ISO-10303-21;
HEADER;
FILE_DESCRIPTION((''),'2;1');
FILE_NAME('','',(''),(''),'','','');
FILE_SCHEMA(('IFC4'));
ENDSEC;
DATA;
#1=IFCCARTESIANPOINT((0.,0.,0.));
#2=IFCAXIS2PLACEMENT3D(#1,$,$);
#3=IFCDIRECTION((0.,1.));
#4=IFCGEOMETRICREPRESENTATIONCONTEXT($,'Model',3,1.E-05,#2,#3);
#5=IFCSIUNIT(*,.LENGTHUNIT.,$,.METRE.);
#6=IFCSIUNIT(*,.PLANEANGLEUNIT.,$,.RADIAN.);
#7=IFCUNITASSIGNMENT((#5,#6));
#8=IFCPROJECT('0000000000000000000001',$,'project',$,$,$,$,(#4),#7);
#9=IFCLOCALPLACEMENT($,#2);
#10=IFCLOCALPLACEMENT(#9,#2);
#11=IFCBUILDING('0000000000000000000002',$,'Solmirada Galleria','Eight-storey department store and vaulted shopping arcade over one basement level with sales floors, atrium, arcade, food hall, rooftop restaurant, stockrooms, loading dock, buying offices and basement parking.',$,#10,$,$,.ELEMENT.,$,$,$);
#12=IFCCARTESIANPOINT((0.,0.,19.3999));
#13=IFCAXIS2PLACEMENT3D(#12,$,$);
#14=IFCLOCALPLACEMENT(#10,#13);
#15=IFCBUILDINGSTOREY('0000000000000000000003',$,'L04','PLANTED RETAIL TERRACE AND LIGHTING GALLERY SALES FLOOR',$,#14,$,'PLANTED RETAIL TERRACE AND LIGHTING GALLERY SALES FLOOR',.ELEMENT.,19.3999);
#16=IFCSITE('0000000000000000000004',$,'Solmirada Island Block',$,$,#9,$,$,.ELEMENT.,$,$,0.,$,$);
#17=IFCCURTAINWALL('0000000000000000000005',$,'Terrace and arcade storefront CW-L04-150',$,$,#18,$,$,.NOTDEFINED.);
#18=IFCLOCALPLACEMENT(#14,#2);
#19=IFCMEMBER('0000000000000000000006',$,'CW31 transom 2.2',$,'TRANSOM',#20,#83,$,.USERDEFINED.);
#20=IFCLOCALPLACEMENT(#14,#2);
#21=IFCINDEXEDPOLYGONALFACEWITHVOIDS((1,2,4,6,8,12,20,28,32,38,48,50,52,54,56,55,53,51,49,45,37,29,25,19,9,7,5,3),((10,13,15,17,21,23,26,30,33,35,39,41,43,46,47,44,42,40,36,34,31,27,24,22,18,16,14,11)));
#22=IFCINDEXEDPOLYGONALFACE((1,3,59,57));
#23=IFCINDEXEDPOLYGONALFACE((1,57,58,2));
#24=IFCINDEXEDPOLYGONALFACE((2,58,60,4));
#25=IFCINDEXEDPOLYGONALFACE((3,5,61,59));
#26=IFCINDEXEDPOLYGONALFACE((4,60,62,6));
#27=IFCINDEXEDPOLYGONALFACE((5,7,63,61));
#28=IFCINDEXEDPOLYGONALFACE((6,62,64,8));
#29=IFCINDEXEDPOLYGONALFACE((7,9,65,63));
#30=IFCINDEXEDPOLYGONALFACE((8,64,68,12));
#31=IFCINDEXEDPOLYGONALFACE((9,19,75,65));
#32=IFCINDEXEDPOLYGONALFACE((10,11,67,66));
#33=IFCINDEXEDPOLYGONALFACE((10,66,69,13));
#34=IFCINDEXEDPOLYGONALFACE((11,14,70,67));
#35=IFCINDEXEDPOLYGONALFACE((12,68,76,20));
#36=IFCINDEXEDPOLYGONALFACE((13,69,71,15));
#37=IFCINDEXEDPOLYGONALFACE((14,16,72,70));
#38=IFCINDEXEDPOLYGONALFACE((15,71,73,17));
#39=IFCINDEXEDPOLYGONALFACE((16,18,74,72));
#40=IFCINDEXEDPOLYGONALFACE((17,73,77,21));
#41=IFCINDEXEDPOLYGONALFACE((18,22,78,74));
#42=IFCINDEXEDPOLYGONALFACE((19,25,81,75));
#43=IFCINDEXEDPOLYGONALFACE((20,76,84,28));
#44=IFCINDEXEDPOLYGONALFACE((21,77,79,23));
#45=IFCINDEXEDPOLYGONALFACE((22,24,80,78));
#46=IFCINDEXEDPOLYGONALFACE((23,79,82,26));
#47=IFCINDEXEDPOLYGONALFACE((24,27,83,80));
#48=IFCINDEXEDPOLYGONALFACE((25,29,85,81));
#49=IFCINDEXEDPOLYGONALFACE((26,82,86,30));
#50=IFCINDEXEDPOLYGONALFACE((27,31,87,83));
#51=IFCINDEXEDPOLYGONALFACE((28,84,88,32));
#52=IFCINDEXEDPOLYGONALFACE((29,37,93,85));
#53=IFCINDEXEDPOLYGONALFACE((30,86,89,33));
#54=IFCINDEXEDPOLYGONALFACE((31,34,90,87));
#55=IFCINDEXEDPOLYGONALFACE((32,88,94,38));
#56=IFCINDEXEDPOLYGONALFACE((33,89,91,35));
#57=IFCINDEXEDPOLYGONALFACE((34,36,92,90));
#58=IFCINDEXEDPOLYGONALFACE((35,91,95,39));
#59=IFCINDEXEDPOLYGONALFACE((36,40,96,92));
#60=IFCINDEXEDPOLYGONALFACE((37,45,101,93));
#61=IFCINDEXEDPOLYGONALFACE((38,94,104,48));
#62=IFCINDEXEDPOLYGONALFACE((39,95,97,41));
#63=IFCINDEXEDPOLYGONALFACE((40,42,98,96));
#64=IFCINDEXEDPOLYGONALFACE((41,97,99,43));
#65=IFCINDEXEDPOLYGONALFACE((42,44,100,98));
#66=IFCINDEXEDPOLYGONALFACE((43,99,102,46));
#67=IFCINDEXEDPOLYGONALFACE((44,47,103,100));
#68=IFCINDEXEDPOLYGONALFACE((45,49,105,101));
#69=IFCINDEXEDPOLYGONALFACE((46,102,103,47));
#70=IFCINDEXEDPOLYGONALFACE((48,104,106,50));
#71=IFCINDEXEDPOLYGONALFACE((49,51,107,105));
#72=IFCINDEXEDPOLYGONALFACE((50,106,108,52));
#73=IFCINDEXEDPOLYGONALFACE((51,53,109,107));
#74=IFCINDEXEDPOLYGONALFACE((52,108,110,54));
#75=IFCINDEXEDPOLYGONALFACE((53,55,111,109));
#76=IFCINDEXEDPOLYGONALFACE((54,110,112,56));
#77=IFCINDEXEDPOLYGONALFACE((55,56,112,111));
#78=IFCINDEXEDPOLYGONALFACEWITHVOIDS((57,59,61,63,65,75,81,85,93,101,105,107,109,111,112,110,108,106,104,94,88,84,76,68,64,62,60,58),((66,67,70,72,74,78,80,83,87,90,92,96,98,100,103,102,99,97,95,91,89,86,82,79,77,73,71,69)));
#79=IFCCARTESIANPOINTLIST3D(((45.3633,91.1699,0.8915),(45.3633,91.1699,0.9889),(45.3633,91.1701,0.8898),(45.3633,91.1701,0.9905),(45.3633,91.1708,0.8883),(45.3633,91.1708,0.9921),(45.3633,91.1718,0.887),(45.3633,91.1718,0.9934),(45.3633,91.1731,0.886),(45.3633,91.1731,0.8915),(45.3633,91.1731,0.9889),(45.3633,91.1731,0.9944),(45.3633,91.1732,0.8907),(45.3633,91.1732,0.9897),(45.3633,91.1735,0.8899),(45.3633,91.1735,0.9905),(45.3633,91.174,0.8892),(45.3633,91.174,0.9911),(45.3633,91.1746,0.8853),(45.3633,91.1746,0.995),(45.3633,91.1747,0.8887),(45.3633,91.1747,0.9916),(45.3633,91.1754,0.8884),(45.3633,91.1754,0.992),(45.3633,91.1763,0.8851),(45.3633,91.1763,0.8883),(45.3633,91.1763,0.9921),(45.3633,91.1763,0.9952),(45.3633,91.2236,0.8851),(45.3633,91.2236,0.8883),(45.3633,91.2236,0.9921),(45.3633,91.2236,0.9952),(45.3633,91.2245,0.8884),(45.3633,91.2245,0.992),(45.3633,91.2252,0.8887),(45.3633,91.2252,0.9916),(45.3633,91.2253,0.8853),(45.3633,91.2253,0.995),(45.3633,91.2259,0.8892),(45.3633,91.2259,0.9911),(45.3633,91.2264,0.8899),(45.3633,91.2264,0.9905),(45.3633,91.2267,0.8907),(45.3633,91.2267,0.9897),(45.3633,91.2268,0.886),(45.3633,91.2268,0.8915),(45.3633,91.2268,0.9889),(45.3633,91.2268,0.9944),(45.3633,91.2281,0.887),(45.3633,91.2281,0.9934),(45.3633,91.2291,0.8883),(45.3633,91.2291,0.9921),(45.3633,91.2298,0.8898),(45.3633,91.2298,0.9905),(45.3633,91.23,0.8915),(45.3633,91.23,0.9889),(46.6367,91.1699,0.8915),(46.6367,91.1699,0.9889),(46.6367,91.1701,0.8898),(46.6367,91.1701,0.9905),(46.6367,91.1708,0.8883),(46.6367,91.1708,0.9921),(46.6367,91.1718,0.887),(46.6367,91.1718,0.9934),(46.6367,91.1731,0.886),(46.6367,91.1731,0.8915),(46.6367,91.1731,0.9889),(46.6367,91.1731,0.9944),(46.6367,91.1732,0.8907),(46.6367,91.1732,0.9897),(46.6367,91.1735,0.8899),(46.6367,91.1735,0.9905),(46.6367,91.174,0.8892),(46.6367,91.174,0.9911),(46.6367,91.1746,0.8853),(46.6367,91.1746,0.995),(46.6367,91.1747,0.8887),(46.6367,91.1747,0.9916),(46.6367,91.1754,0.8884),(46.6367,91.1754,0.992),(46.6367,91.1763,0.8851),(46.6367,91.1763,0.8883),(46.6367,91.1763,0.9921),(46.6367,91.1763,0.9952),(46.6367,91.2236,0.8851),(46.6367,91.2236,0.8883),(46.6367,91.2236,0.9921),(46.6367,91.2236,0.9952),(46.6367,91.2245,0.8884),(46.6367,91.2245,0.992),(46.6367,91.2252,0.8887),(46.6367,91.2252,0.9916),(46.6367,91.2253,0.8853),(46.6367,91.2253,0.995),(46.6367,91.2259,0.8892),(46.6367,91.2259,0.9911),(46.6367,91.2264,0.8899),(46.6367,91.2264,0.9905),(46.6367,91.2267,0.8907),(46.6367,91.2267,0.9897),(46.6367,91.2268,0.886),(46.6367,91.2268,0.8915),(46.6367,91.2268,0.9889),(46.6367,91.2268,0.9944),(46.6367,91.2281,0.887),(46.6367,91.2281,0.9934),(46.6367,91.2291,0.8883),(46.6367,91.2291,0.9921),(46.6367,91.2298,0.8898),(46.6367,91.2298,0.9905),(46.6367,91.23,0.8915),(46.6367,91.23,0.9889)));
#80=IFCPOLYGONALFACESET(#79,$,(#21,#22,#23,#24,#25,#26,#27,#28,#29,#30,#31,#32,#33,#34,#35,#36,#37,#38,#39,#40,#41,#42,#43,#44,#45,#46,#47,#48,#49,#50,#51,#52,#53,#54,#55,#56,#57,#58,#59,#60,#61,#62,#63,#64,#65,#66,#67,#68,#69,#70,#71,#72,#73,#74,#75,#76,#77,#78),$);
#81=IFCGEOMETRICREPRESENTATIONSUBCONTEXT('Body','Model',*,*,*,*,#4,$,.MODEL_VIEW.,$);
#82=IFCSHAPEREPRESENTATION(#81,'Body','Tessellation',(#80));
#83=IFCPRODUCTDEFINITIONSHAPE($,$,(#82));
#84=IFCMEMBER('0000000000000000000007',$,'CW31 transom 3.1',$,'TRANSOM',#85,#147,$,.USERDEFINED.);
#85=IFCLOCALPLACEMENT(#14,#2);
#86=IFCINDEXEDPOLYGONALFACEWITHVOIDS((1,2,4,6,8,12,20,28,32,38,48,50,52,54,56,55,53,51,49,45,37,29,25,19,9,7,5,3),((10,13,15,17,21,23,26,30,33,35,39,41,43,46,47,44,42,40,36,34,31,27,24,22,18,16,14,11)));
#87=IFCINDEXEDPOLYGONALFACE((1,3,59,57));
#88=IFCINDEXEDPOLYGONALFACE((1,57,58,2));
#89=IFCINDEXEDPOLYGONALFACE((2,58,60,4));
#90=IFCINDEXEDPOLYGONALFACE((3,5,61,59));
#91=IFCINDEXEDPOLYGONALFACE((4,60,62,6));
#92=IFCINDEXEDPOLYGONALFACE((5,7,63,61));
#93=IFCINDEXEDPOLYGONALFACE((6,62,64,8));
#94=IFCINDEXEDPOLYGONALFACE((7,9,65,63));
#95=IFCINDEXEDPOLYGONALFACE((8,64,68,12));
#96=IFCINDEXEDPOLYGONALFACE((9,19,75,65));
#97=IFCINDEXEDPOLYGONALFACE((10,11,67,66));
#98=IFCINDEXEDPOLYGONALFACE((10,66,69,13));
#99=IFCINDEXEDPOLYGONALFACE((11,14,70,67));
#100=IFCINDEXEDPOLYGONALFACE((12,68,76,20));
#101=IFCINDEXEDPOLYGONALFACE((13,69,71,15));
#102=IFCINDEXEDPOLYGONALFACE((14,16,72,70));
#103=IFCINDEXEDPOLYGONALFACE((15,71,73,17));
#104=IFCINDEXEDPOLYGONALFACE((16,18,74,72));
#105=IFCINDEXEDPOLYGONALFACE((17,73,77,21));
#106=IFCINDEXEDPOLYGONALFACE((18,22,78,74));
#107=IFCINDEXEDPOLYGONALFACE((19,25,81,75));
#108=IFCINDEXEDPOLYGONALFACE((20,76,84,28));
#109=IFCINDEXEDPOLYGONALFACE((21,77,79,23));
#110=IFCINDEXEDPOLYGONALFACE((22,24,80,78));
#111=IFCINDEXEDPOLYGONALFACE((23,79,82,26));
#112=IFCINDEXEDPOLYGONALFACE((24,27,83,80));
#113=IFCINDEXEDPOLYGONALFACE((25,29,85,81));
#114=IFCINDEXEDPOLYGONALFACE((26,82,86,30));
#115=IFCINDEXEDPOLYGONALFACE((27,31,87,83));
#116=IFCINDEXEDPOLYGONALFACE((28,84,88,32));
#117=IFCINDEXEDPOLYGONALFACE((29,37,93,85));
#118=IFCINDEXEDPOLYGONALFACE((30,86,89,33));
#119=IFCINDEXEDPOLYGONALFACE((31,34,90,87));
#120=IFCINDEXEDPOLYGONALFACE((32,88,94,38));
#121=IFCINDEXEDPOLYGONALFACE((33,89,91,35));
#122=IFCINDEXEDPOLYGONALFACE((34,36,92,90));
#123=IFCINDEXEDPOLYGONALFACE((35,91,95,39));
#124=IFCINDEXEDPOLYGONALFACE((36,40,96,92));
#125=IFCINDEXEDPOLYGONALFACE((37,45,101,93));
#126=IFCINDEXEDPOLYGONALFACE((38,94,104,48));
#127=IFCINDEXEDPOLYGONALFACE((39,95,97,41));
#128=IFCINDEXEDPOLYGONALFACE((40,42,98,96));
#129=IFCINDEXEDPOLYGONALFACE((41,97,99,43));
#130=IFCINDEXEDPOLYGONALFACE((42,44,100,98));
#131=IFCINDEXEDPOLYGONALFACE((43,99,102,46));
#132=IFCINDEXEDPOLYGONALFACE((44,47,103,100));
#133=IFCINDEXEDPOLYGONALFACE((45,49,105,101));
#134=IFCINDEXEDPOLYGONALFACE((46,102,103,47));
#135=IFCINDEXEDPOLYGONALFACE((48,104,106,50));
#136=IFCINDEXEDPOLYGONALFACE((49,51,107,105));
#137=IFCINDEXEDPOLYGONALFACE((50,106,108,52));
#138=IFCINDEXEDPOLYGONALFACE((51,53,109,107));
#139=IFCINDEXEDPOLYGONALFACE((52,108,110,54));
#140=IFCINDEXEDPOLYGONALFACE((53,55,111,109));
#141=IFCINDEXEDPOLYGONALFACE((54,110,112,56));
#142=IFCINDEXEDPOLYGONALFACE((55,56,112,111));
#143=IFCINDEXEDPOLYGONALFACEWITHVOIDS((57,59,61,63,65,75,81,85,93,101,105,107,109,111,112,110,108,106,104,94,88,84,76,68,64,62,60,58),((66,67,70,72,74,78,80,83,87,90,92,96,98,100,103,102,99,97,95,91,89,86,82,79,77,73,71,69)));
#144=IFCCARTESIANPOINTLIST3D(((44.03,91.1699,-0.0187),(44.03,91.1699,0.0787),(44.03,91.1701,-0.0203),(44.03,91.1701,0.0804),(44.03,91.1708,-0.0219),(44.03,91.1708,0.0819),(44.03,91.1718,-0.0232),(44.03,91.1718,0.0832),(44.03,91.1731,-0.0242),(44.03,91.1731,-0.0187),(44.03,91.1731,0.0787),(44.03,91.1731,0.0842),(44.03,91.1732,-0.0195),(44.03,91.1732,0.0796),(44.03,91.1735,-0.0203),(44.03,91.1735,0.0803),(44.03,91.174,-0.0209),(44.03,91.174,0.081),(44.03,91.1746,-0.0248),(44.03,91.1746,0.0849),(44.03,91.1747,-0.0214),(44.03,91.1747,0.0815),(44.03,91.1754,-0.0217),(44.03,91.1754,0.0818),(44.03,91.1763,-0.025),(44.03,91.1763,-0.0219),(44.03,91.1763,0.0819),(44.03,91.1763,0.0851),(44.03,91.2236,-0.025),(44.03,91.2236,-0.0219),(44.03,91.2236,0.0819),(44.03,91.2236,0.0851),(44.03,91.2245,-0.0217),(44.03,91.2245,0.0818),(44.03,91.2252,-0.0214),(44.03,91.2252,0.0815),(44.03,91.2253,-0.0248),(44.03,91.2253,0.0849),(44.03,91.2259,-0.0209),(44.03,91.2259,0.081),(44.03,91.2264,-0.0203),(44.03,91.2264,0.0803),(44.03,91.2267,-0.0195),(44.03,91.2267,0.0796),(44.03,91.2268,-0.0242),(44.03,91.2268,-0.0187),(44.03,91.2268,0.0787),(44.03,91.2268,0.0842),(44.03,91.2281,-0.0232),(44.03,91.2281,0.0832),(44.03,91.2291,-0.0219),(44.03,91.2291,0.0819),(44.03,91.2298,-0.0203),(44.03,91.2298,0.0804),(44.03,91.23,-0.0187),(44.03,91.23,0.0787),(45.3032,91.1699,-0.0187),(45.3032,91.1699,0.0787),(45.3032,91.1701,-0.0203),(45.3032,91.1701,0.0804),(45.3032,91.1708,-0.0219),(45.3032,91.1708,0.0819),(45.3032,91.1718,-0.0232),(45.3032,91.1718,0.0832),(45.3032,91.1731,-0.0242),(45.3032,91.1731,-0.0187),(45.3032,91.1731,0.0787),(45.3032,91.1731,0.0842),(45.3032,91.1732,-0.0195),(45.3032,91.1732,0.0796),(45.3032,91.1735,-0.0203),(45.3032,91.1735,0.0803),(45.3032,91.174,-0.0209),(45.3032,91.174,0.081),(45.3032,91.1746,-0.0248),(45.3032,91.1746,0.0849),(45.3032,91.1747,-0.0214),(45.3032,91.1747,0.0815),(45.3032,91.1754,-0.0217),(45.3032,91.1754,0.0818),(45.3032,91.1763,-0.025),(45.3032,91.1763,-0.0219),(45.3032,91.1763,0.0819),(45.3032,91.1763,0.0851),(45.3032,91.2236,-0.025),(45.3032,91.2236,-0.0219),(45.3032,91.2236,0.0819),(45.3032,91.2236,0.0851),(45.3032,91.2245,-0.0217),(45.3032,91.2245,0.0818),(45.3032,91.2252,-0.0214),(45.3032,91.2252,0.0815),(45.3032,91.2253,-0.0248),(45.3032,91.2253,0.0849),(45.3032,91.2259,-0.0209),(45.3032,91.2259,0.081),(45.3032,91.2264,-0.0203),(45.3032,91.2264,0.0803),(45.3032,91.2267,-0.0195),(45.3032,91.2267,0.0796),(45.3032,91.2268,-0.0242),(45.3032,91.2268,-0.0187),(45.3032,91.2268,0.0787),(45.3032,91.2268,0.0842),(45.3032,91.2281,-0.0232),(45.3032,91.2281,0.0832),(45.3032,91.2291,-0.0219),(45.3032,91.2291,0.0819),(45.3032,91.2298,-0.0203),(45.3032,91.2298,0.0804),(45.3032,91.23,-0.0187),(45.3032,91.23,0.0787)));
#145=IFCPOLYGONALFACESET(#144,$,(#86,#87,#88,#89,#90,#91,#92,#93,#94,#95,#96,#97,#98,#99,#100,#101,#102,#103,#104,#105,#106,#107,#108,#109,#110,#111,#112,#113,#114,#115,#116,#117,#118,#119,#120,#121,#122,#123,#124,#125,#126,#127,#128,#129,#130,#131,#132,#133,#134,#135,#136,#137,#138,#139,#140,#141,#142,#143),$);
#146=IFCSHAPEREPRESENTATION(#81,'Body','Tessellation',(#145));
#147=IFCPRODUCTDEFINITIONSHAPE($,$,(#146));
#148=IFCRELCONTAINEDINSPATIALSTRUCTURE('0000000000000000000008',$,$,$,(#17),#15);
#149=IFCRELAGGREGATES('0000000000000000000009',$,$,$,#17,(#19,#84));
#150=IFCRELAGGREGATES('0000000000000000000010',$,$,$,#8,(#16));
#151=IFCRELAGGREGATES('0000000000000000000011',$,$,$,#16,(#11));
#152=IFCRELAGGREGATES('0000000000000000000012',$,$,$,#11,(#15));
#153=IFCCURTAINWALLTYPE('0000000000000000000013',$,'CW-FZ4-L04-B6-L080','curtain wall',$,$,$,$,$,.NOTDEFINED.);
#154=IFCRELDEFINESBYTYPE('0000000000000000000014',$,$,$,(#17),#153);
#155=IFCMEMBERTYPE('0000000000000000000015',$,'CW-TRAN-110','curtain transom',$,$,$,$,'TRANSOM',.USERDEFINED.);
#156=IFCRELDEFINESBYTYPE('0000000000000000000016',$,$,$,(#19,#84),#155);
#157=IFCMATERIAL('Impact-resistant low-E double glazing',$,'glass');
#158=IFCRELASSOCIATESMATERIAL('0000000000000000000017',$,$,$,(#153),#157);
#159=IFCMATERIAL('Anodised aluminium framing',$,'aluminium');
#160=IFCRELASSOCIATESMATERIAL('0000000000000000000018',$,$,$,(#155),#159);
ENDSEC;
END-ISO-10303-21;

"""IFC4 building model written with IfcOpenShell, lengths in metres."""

from ifc_helpers import new_model, si_unit, direction, frame, origin, origin_2d, place, context, subcontext, project, spatial, hollow_rectangle, extrude, material, material_profile, profile_set, type_object, element, aggregate, save


model = new_model("IFC4")

# Units and contexts
model_context = context("Model", 3, precision=1e-05, world=origin(), true_north=direction((0.0, 1.0)))
body_context = subcontext(model_context, "Body", "Model", "MODEL_VIEW")
ifc_project = project(units=[si_unit("LENGTHUNIT", "METRE"), si_unit("PLANEANGLEUNIT", "RADIAN")], contexts=[model_context])

# Site, building, storey
site_placement = place(None, origin())
site = spatial("IfcSite", under=ifc_project, at=site_placement, Name="Solmirada Island Block", CompositionType="ELEMENT", RefElevation=0.0)
building_placement = place(site_placement, origin())
building = spatial("IfcBuilding", under=site, at=building_placement, Name="Solmirada Galleria", Description="Eight-storey department store and vaulted shopping arcade over one basement level with sales floors, atrium, arcade, food hall, rooftop restaurant, stockrooms, loading dock, buying offices and basement parking.", CompositionType="ELEMENT")
storey_placement = place(building_placement, frame((0.0, 0.0, 19.3999)))
storey = spatial("IfcBuildingStorey", under=building, at=storey_placement, Name="L04", Description="PLANTED RETAIL TERRACE AND LIGHTING GALLERY SALES FLOOR", LongName="PLANTED RETAIL TERRACE AND LIGHTING GALLERY SALES FLOOR", CompositionType="ELEMENT", Elevation=19.3999)

# Curtain wall, members
ifc_material_1 = material(Name="Impact-resistant low-E double glazing", Category="glass")
curtain_wall_type = type_object("IfcCurtainWallType", Name="CW-FZ4-L04-B6-L080", Description="curtain wall", PredefinedType="NOTDEFINED", material=ifc_material_1)
curtain_wall_placement = place(storey_placement, origin())
curtain_wall = element("IfcCurtainWall", 1, at=curtain_wall_placement, inside=storey, type_object=curtain_wall_type, Name="Terrace and arcade storefront CW-L04-150", PredefinedType="NOTDEFINED")
ifc_material_2 = material(Name="Anodised aluminium framing", Category="aluminium")
ifc_material_profile_1 = material_profile(ifc_material_2, hollow_rectangle(XDim=0.0601, YDim=0.1101, WallThickness=0.0032, InnerFilletRadius=0.0032, OuterFilletRadius=0.0063, at=origin_2d()), Name="ALU-TRAN-110X60")
ifc_profile_set_1 = profile_set([ifc_material_profile_1], Name="Anodised aluminium framing")
member_type_1 = type_object("IfcMemberType", Name="CW-TRAN-110", Description="curtain transom", ElementType="TRANSOM", PredefinedType="USERDEFINED", material=ifc_profile_set_1)
member_1_placement = place(storey_placement, frame((46.6367, 91.2, 0.9402), z_axis=(-1.0, 0.0, 0.0), x_axis=(0.0, -1.0, 0.0)))
member_1 = element("IfcMember", 2, at=member_1_placement, type_object=member_type_1, Name="CW31 transom 2.2", ObjectType="TRANSOM", PredefinedType="USERDEFINED", context=body_context, shape_type="SweptSolid", body=[
    extrude(hollow_rectangle(XDim=0.0601, YDim=0.1101, WallThickness=0.0032, InnerFilletRadius=0.0032, OuterFilletRadius=0.0063, at=origin_2d()), origin(), (0.0, 0.0, 1.0), 1.2734),
])
member_2_placement = place(storey_placement, frame((45.3032, 91.2, 0.03), z_axis=(-1.0, 0.0, 0.0), x_axis=(0.0, -1.0, 0.0)))
member_2 = element("IfcMember", 3, at=member_2_placement, type_object=member_type_1, Name="CW31 transom 3.1", ObjectType="TRANSOM", PredefinedType="USERDEFINED", context=body_context, shape_type="SweptSolid", body=[
    extrude(hollow_rectangle(XDim=0.0601, YDim=0.1101, WallThickness=0.0032, InnerFilletRadius=0.0032, OuterFilletRadius=0.0063, at=origin_2d()), origin(), (0.0, 0.0, 1.0), 1.2732),
])
aggregate(curtain_wall, [member_1, member_2])

save(model, "model.ifc")
